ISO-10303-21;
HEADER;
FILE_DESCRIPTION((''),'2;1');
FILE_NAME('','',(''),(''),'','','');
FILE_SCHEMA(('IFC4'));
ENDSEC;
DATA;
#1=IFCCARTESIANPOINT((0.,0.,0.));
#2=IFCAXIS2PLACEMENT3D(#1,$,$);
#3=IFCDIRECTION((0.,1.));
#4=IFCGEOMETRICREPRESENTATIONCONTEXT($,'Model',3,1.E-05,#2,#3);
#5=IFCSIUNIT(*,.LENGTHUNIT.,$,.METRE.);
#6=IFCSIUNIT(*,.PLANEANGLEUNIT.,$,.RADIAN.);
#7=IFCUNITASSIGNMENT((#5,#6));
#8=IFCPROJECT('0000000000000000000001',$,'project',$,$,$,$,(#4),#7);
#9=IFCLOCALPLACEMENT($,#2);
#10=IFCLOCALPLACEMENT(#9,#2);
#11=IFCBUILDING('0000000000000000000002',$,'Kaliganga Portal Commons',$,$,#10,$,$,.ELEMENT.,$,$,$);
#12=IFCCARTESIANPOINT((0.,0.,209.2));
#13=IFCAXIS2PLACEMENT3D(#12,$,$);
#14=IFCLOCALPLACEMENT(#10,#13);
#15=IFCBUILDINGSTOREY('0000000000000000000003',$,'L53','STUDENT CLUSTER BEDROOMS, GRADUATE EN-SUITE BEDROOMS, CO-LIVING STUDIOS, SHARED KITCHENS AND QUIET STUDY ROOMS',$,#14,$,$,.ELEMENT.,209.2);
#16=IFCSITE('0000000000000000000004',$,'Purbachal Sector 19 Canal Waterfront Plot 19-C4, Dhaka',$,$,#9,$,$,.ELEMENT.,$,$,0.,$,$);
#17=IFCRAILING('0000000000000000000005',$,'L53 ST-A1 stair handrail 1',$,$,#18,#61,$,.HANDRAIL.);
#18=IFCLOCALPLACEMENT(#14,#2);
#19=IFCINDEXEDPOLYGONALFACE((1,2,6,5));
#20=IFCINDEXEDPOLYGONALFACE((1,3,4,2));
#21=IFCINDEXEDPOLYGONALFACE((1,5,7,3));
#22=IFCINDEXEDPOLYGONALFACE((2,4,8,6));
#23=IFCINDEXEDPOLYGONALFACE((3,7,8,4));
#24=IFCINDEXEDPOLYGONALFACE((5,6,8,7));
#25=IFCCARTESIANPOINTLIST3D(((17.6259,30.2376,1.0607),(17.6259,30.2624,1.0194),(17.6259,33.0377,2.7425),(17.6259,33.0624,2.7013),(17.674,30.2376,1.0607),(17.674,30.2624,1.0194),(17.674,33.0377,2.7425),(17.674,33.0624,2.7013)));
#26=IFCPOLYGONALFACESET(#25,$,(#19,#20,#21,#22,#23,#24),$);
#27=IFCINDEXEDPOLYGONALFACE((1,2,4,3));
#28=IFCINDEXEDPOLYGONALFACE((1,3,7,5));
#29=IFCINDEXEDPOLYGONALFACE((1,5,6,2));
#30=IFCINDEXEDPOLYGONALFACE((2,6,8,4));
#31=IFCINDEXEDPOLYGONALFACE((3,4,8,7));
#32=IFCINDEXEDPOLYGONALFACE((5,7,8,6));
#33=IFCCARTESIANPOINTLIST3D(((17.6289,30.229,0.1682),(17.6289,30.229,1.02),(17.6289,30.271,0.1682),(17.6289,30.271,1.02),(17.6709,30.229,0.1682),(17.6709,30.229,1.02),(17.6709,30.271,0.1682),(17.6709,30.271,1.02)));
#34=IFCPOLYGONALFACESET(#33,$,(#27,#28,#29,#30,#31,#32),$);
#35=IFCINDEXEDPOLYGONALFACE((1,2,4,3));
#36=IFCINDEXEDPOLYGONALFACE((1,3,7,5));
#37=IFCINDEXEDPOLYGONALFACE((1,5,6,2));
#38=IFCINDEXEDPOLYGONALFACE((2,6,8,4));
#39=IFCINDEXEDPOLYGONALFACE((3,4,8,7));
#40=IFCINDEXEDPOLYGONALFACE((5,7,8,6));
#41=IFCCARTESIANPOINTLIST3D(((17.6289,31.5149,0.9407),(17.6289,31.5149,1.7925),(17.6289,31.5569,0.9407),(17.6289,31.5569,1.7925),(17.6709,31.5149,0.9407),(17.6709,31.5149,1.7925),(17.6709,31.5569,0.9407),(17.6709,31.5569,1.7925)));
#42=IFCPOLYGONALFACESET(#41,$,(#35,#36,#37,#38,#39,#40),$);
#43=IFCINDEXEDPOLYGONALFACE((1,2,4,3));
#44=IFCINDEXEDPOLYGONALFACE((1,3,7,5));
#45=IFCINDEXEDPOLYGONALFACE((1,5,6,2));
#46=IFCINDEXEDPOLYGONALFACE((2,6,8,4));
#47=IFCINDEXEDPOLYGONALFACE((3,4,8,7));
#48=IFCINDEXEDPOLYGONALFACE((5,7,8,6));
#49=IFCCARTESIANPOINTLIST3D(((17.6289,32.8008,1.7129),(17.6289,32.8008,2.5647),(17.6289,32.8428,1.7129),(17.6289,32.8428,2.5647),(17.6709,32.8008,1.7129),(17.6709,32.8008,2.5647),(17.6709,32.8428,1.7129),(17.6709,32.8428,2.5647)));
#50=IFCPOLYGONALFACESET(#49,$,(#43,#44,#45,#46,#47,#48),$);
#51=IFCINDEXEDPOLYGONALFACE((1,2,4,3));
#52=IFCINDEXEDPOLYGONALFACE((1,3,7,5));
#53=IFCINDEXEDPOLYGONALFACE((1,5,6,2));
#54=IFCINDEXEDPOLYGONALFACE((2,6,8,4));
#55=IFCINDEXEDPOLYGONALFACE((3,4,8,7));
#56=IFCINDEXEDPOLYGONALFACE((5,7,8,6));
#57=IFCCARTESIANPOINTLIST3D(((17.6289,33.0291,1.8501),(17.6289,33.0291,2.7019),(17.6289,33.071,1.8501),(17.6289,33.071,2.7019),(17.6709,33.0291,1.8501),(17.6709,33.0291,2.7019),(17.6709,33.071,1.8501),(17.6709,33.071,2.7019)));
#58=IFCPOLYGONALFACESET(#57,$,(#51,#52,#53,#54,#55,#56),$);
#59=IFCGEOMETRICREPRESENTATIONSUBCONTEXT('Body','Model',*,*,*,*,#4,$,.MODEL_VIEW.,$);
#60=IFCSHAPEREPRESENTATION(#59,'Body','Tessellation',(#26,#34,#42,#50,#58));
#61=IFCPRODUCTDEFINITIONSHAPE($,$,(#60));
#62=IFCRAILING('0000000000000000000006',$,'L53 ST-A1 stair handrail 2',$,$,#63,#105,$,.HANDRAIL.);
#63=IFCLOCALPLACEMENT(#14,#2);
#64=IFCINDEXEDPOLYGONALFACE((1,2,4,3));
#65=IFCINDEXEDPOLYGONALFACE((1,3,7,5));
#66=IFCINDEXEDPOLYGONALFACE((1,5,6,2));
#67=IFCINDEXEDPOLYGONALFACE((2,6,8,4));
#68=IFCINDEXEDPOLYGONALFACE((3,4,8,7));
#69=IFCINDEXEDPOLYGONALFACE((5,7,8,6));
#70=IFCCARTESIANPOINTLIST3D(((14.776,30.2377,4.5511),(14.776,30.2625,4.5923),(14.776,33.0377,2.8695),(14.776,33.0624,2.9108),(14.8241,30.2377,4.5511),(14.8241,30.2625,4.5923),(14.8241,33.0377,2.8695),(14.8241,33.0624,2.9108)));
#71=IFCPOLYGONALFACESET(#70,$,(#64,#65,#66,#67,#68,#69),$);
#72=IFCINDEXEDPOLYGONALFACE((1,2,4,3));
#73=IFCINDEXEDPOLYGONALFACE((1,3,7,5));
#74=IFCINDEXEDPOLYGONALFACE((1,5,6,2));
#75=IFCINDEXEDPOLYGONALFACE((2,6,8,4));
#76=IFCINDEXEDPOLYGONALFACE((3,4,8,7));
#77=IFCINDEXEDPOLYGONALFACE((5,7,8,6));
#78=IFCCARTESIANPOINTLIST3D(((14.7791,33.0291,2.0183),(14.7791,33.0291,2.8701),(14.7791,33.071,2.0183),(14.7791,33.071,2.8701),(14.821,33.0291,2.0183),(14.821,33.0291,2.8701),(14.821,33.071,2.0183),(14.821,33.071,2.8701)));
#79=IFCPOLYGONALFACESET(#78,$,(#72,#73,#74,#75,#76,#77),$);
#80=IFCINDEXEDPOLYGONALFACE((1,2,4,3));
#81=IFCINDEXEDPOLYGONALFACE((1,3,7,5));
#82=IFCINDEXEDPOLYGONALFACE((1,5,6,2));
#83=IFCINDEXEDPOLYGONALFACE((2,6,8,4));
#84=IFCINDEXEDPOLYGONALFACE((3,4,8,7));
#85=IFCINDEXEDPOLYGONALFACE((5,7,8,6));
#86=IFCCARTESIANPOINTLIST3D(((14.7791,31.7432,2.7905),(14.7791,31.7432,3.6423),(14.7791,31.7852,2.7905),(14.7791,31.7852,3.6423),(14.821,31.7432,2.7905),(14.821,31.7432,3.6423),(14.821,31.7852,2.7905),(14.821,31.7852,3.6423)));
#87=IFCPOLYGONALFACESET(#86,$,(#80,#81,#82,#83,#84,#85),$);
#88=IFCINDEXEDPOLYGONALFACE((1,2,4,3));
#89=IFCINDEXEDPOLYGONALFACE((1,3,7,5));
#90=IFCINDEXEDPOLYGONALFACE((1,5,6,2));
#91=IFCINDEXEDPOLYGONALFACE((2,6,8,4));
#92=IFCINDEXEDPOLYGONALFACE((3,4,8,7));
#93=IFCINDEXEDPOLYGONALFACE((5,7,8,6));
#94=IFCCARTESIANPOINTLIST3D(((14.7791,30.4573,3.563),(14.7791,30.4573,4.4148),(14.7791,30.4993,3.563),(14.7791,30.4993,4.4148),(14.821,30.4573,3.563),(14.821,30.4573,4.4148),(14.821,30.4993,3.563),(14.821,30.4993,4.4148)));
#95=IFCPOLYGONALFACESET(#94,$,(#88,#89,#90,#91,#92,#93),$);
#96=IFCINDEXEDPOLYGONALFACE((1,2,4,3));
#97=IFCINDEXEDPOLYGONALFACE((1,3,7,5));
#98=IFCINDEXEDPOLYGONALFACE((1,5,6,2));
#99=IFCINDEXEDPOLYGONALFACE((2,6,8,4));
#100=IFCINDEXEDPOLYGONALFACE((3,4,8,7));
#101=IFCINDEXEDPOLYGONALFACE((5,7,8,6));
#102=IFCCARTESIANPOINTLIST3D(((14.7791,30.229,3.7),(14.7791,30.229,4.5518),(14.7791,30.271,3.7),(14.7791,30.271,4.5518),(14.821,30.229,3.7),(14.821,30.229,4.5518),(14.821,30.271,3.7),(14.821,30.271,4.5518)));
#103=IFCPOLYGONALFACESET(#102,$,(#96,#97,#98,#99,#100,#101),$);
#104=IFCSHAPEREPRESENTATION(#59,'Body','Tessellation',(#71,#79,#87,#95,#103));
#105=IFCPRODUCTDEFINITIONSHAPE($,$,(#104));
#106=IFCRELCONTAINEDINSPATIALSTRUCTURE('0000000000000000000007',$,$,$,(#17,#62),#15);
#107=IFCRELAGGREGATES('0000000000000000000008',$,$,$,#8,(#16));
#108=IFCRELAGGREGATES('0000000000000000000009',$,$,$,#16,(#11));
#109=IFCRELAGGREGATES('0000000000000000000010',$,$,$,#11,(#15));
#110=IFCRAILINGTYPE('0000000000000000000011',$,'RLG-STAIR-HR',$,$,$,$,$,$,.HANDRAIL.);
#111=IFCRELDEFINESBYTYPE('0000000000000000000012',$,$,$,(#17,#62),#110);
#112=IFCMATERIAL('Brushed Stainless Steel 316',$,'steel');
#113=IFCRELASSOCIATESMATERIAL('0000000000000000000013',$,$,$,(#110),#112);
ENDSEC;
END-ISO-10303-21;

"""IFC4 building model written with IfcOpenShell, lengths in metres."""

from ifc_helpers import new_model, si_unit, direction, frame, origin, origin_2d, place, context, subcontext, project, spatial, rectangle, extrude, material, type_object, element, save


model = new_model("IFC4")

# Units and contexts
model_context = context("Model", 3, precision=1e-05, world=origin(), true_north=direction((0.0, 1.0)))
body_context = subcontext(model_context, "Body", "Model", "MODEL_VIEW")
ifc_project = project(units=[si_unit("LENGTHUNIT", "METRE"), si_unit("PLANEANGLEUNIT", "RADIAN")], contexts=[model_context])

# Site, building, storey
site_placement = place(None, origin())
site = spatial("IfcSite", under=ifc_project, at=site_placement, Name="Purbachal Sector 19 Canal Waterfront Plot 19-C4, Dhaka", CompositionType="ELEMENT", RefElevation=0.0)
building_placement = place(site_placement, origin())
building = spatial("IfcBuilding", under=site, at=building_placement, Name="Kaliganga Portal Commons", CompositionType="ELEMENT")
storey_placement = place(building_placement, frame((0.0, 0.0, 209.2)))
storey = spatial("IfcBuildingStorey", under=building, at=storey_placement, Name="L53", Description="STUDENT CLUSTER BEDROOMS, GRADUATE EN-SUITE BEDROOMS, CO-LIVING STUDIOS, SHARED KITCHENS AND QUIET STUDY ROOMS", CompositionType="ELEMENT", Elevation=209.2)

# Railings
ifc_material_1 = material(Name="Brushed Stainless Steel 316", Category="steel")
railing_type_1 = type_object("IfcRailingType", Name="RLG-STAIR-HR", PredefinedType="HANDRAIL", material=ifc_material_1)
railing_1_placement = place(storey_placement, frame((17.6499, 30.25, 0.1682)))
element("IfcRailing", 1, at=railing_1_placement, inside=storey, type_object=railing_type_1, Name="L53 ST-A1 stair handrail 1", PredefinedType="HANDRAIL", context=body_context, shape_type="SweptSolid", body=[
    extrude(rectangle(XDim=0.0481, YDim=0.0481, at=origin_2d()), frame((0.0, 0.0, 0.8718), z_axis=(0.0, 0.857242, 0.514913), x_axis=(-1.0, 0.0, 0.0)), (0.0, 0.0, 1.0), 3.2664),
    extrude(rectangle(XDim=0.042, YDim=0.042, at=origin_2d()), origin(), (0.0, 0.0, 1.0), 0.8518),
    extrude(rectangle(XDim=0.042, YDim=0.042, at=origin_2d()), frame((0.0, 1.2859, 0.7725)), (0.0, 0.0, 1.0), 0.8518),
    extrude(rectangle(XDim=0.042, YDim=0.042, at=origin_2d()), frame((0.0, 2.5718, 1.5447)), (0.0, 0.0, 1.0), 0.8518),
    extrude(rectangle(XDim=0.042, YDim=0.042, at=origin_2d()), frame((0.0, 2.8, 1.6819)), (0.0, 0.0, 1.0), 0.8518),
])
railing_2_placement = place(storey_placement, frame((14.8, 33.05, 2.0183)))
element("IfcRailing", 2, at=railing_2_placement, inside=storey, type_object=railing_type_1, Name="L53 ST-A1 stair handrail 2", PredefinedType="HANDRAIL", context=body_context, shape_type="SweptSolid", body=[
    extrude(rectangle(XDim=0.0481, YDim=0.0481, at=origin_2d()), frame((0.0, 0.0, 0.8718), z_axis=(0.0, -0.857275, 0.514858), x_axis=(1.0, 0.0, 0.0)), (0.0, 0.0, 1.0), 3.2661),
    extrude(rectangle(XDim=0.042, YDim=0.042, at=origin_2d()), origin(), (0.0, 0.0, 1.0), 0.8518),
    extrude(rectangle(XDim=0.042, YDim=0.042, at=origin_2d()), frame((0.0, -1.2859, 0.7722)), (0.0, 0.0, 1.0), 0.8518),
    extrude(rectangle(XDim=0.042, YDim=0.042, at=origin_2d()), frame((0.0, -2.5718, 1.5447)), (0.0, 0.0, 1.0), 0.8518),
    extrude(rectangle(XDim=0.042, YDim=0.042, at=origin_2d()), frame((0.0, -2.8, 1.6816)), (0.0, 0.0, 1.0), 0.8518),
])

save(model, "model.ifc")
